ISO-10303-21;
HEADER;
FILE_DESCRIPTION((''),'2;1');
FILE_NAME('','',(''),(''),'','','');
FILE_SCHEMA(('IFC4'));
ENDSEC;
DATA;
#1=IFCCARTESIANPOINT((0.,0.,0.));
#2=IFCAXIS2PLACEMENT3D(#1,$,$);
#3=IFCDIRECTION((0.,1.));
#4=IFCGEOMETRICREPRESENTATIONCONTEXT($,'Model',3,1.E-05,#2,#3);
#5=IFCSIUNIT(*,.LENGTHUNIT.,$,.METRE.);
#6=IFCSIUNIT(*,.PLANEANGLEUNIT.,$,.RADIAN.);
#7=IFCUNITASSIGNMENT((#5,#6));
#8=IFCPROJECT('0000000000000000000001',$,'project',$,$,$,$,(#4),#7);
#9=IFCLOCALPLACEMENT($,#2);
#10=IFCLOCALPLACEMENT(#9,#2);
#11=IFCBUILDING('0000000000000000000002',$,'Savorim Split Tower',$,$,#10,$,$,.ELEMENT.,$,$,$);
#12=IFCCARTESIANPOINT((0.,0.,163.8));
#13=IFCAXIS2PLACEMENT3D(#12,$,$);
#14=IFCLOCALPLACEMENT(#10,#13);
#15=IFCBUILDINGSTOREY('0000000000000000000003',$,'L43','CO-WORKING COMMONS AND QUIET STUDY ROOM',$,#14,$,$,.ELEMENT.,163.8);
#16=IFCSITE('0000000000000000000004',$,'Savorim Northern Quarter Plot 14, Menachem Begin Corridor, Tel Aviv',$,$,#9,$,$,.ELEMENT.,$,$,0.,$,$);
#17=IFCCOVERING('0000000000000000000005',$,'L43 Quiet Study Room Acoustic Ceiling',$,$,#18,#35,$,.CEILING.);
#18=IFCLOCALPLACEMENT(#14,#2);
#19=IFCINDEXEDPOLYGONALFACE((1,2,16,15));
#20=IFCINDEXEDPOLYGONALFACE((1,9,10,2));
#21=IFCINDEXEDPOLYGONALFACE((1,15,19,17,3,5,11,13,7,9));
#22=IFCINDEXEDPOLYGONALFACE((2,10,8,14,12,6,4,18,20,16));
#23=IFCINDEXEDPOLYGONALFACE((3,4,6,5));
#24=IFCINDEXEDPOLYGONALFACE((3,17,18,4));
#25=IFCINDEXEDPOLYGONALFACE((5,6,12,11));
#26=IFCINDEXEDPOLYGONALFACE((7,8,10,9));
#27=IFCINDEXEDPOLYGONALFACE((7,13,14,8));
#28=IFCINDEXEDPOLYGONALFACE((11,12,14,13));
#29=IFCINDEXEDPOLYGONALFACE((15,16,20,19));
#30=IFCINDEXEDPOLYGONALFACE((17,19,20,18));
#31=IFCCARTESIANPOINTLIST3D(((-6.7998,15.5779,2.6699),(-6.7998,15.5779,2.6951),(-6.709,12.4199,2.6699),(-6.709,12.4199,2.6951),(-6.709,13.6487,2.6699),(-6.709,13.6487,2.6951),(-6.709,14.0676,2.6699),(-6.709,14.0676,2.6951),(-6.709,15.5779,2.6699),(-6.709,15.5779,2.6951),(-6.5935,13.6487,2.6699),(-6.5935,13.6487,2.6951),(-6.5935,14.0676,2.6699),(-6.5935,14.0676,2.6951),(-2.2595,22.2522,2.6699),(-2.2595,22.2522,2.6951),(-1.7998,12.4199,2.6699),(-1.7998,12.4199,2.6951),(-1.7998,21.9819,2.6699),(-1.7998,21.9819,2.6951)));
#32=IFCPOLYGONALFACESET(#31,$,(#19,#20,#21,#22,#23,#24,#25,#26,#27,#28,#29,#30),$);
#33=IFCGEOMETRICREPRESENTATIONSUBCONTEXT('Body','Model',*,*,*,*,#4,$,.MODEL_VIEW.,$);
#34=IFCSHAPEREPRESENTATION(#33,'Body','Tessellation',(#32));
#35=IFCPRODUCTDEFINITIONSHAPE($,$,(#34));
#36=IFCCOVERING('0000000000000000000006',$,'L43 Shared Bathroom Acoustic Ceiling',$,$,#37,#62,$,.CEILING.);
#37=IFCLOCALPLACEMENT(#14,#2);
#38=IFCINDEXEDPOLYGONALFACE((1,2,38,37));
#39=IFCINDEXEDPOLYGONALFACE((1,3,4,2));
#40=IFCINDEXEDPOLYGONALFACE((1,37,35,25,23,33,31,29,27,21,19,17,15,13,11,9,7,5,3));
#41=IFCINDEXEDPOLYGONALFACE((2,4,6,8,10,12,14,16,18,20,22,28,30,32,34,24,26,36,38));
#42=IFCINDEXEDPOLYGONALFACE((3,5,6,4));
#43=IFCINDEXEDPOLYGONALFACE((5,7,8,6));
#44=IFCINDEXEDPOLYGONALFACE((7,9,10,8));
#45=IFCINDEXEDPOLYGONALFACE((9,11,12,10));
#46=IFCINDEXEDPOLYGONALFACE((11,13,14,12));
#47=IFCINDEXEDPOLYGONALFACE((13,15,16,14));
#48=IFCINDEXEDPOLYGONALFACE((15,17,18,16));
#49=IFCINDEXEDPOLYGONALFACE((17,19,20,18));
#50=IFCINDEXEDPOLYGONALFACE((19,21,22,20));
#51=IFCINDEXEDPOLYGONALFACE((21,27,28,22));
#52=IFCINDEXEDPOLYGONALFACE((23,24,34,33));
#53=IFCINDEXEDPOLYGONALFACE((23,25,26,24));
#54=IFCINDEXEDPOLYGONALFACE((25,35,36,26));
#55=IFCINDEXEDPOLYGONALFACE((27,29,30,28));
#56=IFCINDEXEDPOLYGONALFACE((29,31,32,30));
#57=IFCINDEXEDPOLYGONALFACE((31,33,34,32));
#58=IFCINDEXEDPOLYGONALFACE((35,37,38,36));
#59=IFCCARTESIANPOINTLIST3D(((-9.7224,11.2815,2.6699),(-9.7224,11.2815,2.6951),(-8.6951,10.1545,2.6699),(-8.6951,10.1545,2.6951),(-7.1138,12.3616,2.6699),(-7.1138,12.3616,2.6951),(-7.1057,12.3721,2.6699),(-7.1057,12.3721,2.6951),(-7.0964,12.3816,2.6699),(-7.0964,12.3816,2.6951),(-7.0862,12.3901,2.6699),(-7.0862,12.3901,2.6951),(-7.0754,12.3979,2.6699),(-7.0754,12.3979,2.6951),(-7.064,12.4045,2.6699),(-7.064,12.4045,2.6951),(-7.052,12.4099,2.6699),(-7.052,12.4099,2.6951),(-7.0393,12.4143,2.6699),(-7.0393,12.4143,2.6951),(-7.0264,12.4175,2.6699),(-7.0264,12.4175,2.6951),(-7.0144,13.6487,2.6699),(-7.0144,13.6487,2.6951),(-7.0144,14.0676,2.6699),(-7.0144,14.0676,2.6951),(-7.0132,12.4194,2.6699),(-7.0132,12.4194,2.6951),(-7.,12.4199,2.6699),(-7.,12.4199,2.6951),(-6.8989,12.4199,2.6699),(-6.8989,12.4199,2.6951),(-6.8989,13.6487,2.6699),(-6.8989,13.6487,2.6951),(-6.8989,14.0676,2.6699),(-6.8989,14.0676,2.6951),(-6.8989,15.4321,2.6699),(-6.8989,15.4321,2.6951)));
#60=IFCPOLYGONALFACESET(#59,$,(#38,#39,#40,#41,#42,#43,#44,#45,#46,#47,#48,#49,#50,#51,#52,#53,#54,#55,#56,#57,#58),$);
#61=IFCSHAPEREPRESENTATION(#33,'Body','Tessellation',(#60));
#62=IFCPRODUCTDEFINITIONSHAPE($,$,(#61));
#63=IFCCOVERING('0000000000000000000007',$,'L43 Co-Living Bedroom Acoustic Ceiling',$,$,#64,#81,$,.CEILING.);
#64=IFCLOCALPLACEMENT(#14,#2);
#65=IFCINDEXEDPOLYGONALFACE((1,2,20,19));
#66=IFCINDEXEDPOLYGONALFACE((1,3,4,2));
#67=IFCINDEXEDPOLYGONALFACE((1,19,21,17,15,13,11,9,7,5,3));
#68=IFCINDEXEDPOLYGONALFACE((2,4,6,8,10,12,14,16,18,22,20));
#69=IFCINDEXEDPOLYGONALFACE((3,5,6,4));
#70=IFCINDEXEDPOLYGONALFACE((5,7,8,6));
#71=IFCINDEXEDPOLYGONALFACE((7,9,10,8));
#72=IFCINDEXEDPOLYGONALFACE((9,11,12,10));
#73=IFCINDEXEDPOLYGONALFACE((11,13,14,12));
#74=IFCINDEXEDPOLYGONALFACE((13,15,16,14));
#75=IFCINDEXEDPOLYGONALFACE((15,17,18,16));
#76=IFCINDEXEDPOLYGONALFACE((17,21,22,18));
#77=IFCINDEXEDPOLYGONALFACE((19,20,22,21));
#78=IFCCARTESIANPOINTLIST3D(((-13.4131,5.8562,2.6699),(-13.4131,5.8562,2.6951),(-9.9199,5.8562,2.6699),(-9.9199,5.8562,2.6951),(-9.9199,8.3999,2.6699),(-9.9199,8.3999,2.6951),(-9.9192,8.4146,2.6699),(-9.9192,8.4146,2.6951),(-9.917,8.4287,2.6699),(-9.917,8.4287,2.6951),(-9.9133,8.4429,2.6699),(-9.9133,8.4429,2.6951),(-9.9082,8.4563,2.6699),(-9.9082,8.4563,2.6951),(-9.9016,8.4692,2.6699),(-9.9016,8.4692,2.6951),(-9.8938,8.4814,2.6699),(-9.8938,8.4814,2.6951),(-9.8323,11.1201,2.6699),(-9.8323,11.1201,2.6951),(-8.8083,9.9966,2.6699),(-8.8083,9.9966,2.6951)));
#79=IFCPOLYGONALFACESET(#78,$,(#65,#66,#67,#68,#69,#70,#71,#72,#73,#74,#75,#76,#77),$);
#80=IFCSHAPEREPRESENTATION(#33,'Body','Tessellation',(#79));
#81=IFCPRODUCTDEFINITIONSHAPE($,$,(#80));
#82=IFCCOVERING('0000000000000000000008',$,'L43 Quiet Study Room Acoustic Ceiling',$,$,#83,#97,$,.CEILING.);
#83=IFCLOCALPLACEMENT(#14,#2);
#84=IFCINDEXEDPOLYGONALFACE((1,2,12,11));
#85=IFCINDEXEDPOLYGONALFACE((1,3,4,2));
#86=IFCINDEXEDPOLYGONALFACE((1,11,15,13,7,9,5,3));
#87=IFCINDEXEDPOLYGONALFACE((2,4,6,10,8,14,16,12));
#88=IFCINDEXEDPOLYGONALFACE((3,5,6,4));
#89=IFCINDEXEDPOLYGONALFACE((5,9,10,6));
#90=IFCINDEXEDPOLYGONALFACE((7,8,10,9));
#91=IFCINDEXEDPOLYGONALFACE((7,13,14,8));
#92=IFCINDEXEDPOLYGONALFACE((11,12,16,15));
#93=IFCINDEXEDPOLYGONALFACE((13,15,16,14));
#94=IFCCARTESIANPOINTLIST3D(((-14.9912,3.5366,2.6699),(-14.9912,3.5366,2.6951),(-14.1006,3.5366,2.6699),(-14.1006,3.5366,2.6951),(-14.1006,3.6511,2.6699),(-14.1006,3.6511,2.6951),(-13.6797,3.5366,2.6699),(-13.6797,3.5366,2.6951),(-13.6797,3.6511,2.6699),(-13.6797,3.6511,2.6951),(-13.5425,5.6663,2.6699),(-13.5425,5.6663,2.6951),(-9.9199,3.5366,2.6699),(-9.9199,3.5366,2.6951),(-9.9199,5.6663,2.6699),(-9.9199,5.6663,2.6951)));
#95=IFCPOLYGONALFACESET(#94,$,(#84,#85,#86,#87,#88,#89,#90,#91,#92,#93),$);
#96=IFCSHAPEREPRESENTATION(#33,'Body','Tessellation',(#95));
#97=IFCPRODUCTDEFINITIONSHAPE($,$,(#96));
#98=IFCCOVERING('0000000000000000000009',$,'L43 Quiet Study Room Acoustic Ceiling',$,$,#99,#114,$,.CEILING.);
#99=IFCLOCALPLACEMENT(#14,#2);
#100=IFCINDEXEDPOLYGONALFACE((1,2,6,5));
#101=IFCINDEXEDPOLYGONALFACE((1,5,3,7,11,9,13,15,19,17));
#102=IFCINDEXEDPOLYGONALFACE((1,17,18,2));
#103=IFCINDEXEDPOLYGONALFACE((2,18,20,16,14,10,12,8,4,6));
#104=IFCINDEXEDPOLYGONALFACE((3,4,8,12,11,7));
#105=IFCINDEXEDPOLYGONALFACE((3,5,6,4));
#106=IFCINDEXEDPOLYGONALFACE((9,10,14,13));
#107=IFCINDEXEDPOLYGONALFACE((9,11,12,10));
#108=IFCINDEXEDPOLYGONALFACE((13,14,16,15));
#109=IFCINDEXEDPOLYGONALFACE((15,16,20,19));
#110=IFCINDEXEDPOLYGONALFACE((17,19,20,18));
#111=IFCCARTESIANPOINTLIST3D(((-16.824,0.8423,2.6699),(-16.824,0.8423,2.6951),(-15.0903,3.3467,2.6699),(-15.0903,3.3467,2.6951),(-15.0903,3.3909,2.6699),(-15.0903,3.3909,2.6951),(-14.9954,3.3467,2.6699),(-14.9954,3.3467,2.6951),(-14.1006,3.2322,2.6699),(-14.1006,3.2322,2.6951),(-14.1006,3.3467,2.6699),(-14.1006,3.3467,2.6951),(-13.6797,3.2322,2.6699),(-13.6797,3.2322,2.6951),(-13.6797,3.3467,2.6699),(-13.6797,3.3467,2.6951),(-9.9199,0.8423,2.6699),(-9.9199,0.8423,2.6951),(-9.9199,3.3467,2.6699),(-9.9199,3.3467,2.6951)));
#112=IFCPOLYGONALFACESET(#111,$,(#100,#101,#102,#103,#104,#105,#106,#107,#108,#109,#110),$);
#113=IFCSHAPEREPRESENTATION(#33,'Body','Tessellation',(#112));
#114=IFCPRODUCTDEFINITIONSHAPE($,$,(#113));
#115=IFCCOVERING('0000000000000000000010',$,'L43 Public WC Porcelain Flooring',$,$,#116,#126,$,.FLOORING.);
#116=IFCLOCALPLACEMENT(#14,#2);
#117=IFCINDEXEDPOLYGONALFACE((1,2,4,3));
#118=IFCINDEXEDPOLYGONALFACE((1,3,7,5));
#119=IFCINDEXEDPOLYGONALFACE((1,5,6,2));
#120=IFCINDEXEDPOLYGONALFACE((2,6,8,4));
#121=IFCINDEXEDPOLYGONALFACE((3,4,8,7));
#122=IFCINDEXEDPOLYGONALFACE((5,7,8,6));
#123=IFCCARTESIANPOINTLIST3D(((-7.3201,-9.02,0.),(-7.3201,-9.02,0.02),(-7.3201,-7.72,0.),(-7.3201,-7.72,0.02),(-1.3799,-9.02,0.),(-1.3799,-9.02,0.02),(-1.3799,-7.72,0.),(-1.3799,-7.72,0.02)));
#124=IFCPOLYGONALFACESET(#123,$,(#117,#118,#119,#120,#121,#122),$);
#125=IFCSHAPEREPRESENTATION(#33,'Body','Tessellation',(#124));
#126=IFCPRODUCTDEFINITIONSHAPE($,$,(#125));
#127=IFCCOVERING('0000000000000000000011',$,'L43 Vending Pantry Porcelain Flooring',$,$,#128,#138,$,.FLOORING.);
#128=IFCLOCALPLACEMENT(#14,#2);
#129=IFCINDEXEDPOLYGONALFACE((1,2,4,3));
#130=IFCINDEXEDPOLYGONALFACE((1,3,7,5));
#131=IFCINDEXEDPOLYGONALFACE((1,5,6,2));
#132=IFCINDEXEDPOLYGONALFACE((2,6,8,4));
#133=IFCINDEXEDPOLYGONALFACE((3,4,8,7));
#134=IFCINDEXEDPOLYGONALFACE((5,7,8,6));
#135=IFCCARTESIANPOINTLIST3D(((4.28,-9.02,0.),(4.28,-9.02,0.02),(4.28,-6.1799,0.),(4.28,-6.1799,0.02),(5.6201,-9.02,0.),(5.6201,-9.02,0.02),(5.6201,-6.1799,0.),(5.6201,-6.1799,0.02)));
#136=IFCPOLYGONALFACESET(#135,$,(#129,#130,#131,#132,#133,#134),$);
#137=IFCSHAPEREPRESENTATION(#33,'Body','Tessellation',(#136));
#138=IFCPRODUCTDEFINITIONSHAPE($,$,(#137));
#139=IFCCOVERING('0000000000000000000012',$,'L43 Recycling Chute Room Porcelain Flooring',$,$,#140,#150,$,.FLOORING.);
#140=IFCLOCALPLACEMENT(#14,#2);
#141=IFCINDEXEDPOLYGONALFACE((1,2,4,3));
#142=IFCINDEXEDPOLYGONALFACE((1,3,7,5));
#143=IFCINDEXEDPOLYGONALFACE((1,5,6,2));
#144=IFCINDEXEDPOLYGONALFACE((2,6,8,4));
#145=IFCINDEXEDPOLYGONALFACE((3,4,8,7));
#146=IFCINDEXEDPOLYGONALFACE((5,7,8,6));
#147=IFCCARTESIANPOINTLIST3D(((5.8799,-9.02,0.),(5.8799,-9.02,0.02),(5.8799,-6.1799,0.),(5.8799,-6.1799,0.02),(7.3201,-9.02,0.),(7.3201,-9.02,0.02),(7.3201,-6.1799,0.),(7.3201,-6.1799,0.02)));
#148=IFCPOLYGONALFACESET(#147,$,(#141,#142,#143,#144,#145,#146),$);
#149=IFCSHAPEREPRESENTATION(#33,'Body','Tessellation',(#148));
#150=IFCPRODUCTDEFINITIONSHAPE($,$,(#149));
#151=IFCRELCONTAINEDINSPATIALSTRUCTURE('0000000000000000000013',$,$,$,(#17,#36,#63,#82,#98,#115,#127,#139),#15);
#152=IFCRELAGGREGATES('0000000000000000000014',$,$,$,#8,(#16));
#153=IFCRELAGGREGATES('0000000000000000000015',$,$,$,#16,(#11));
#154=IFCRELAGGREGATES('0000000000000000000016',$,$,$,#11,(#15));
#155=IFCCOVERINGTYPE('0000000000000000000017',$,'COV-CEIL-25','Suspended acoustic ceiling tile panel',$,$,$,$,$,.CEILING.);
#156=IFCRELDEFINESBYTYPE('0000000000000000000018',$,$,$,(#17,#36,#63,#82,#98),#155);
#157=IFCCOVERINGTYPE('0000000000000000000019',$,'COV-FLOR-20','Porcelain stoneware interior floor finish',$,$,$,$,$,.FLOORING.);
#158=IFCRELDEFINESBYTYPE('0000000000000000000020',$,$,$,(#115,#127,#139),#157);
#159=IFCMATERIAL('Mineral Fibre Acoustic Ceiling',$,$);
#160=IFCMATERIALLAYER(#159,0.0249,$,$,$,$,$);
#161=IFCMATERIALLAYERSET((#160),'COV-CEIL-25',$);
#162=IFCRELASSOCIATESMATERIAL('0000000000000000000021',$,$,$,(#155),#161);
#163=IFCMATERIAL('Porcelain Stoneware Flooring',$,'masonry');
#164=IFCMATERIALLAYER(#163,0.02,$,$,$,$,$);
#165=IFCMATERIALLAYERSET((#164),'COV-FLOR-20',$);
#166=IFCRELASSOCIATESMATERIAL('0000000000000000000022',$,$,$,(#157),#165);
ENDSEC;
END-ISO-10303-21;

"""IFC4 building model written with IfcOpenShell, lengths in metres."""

from ifc_helpers import new_model, si_unit, direction, frame, origin, place, context, subcontext, project, spatial, polyline, outline, extrude, material, layer, layer_set, type_object, element, save


model = new_model("IFC4")

# Units and contexts
model_context = context("Model", 3, precision=1e-05, world=origin(), true_north=direction((0.0, 1.0)))
body_context = subcontext(model_context, "Body", "Model", "MODEL_VIEW")
ifc_project = project(units=[si_unit("LENGTHUNIT", "METRE"), si_unit("PLANEANGLEUNIT", "RADIAN")], contexts=[model_context])

# Site, building, storey
site_placement = place(None, origin())
site = spatial("IfcSite", under=ifc_project, at=site_placement, Name="Savorim Northern Quarter Plot 14, Menachem Begin Corridor, Tel Aviv", CompositionType="ELEMENT", RefElevation=0.0)
building_placement = place(site_placement, origin())
building = spatial("IfcBuilding", under=site, at=building_placement, Name="Savorim Split Tower", CompositionType="ELEMENT")
storey_placement = place(building_placement, frame((0.0, 0.0, 163.8)))
storey = spatial("IfcBuildingStorey", under=building, at=storey_placement, Name="L43", Description="CO-WORKING COMMONS AND QUIET STUDY ROOM", CompositionType="ELEMENT", Elevation=163.8)

# Coverings
ifc_material_1 = material(Name="Mineral Fibre Acoustic Ceiling")
ifc_layer_1 = layer(ifc_material_1, 0.0249)
ifc_layer_set_1 = layer_set([ifc_layer_1], Name="COV-CEIL-25")
covering_type_1 = type_object("IfcCoveringType", Name="COV-CEIL-25", Description="Suspended acoustic ceiling tile panel", PredefinedType="CEILING", material=ifc_layer_set_1)
covering_1_placement = place(storey_placement, frame((0.0, 0.0, 2.6699)))
element("IfcCovering", 1, at=covering_1_placement, inside=storey, type_object=covering_type_1, Name="L43 Quiet Study Room Acoustic Ceiling", PredefinedType="CEILING", context=body_context, shape_type="SweptSolid", body=[
    extrude(outline(polyline([(-6.709, 12.4199), (-1.7998, 12.4199), (-1.7998, 21.9819), (-2.2595, 22.2522), (-6.7998, 15.5779), (-6.709, 15.5779), (-6.709, 14.0676), (-6.5935, 14.0676), (-6.5935, 13.6487), (-6.709, 13.6487), (-6.709, 12.4199)])), origin(), (0.0, 0.0, 1.0), 0.0251),
])
covering_2_placement = place(storey_placement, frame((0.0, 0.0, 2.6699)))
element("IfcCovering", 2, at=covering_2_placement, inside=storey, type_object=covering_type_1, Name="L43 Shared Bathroom Acoustic Ceiling", PredefinedType="CEILING", context=body_context, shape_type="SweptSolid", body=[
    extrude(outline(polyline([(-7.0132, 12.4194), (-7.0, 12.4199), (-6.8989, 12.4199), (-6.8989, 13.6487), (-7.0144, 13.6487), (-7.0144, 14.0676), (-6.8989, 14.0676), (-6.8989, 15.4321), (-9.7224, 11.2815), (-8.6951, 10.1545), (-7.1138, 12.3616), (-7.1057, 12.3721), (-7.0964, 12.3816), (-7.0862, 12.3901), (-7.0754, 12.3979), (-7.064, 12.4045), (-7.052, 12.4099), (-7.0393, 12.4143), (-7.0264, 12.4175), (-7.0132, 12.4194)])), origin(), (0.0, 0.0, 1.0), 0.0251),
])
covering_3_placement = place(storey_placement, frame((0.0, 0.0, 2.6699)))
element("IfcCovering", 3, at=covering_3_placement, inside=storey, type_object=covering_type_1, Name="L43 Co-Living Bedroom Acoustic Ceiling", PredefinedType="CEILING", context=body_context, shape_type="SweptSolid", body=[
    extrude(outline(polyline([(-9.9082, 8.4563), (-9.9016, 8.4692), (-9.8938, 8.4814), (-8.8083, 9.9966), (-9.8323, 11.1201), (-13.4131, 5.8562), (-9.9199, 5.8562), (-9.9199, 8.3999), (-9.9192, 8.4146), (-9.917, 8.4287), (-9.9133, 8.4429), (-9.9082, 8.4563)])), origin(), (0.0, 0.0, 1.0), 0.0251),
])
covering_4_placement = place(storey_placement, frame((0.0, 0.0, 2.6699)))
element("IfcCovering", 4, at=covering_4_placement, inside=storey, type_object=covering_type_1, Name="L43 Quiet Study Room Acoustic Ceiling", PredefinedType="CEILING", context=body_context, shape_type="SweptSolid", body=[
    extrude(outline(polyline([(-13.6797, 3.6511), (-13.6797, 3.5366), (-9.9199, 3.5366), (-9.9199, 5.6663), (-13.5425, 5.6663), (-14.9912, 3.5366), (-14.1006, 3.5366), (-14.1006, 3.6511), (-13.6797, 3.6511)])), origin(), (0.0, 0.0, 1.0), 0.0251),
])
covering_5_placement = place(storey_placement, frame((0.0, 0.0, 2.6699)))
element("IfcCovering", 5, at=covering_5_placement, inside=storey, type_object=covering_type_1, Name="L43 Quiet Study Room Acoustic Ceiling", PredefinedType="CEILING", context=body_context, shape_type="SweptSolid", body=[
    extrude(outline(polyline([(-14.1006, 3.3467), (-14.9954, 3.3467), (-15.0903, 3.3467), (-15.0903, 3.3909), (-16.824, 0.8423), (-9.9199, 0.8423), (-9.9199, 3.3467), (-13.6797, 3.3467), (-13.6797, 3.2322), (-14.1006, 3.2322), (-14.1006, 3.3467)])), origin(), (0.0, 0.0, 1.0), 0.0251),
])
ifc_material_2 = material(Name="Porcelain Stoneware Flooring", Category="masonry")
ifc_layer_2 = layer(ifc_material_2, 0.02)
ifc_layer_set_2 = layer_set([ifc_layer_2], Name="COV-FLOR-20")
covering_type_2 = type_object("IfcCoveringType", Name="COV-FLOR-20", Description="Porcelain stoneware interior floor finish", PredefinedType="FLOORING", material=ifc_layer_set_2)
covering_6_placement = place(storey_placement, origin())
element("IfcCovering", 6, at=covering_6_placement, inside=storey, type_object=covering_type_2, Name="L43 Public WC Porcelain Flooring", PredefinedType="FLOORING", context=body_context, shape_type="SweptSolid", body=[
    extrude(outline(polyline([(-7.3201, -7.72), (-7.3201, -9.02), (-1.3799, -9.02), (-1.3799, -7.72), (-7.3201, -7.72)])), origin(), (0.0, 0.0, 1.0), 0.02),
])
covering_7_placement = place(storey_placement, origin())
element("IfcCovering", 7, at=covering_7_placement, inside=storey, type_object=covering_type_2, Name="L43 Vending Pantry Porcelain Flooring", PredefinedType="FLOORING", context=body_context, shape_type="SweptSolid", body=[
    extrude(outline(polyline([(4.28, -6.1799), (4.28, -9.02), (5.6201, -9.02), (5.6201, -6.1799), (4.28, -6.1799)])), origin(), (0.0, 0.0, 1.0), 0.02),
])
covering_8_placement = place(storey_placement, origin())
element("IfcCovering", 8, at=covering_8_placement, inside=storey, type_object=covering_type_2, Name="L43 Recycling Chute Room Porcelain Flooring", PredefinedType="FLOORING", context=body_context, shape_type="SweptSolid", body=[
    extrude(outline(polyline([(5.8799, -6.1799), (5.8799, -9.02), (7.3201, -9.02), (7.3201, -6.1799), (5.8799, -6.1799)])), origin(), (0.0, 0.0, 1.0), 0.02),
])

save(model, "model.ifc")
